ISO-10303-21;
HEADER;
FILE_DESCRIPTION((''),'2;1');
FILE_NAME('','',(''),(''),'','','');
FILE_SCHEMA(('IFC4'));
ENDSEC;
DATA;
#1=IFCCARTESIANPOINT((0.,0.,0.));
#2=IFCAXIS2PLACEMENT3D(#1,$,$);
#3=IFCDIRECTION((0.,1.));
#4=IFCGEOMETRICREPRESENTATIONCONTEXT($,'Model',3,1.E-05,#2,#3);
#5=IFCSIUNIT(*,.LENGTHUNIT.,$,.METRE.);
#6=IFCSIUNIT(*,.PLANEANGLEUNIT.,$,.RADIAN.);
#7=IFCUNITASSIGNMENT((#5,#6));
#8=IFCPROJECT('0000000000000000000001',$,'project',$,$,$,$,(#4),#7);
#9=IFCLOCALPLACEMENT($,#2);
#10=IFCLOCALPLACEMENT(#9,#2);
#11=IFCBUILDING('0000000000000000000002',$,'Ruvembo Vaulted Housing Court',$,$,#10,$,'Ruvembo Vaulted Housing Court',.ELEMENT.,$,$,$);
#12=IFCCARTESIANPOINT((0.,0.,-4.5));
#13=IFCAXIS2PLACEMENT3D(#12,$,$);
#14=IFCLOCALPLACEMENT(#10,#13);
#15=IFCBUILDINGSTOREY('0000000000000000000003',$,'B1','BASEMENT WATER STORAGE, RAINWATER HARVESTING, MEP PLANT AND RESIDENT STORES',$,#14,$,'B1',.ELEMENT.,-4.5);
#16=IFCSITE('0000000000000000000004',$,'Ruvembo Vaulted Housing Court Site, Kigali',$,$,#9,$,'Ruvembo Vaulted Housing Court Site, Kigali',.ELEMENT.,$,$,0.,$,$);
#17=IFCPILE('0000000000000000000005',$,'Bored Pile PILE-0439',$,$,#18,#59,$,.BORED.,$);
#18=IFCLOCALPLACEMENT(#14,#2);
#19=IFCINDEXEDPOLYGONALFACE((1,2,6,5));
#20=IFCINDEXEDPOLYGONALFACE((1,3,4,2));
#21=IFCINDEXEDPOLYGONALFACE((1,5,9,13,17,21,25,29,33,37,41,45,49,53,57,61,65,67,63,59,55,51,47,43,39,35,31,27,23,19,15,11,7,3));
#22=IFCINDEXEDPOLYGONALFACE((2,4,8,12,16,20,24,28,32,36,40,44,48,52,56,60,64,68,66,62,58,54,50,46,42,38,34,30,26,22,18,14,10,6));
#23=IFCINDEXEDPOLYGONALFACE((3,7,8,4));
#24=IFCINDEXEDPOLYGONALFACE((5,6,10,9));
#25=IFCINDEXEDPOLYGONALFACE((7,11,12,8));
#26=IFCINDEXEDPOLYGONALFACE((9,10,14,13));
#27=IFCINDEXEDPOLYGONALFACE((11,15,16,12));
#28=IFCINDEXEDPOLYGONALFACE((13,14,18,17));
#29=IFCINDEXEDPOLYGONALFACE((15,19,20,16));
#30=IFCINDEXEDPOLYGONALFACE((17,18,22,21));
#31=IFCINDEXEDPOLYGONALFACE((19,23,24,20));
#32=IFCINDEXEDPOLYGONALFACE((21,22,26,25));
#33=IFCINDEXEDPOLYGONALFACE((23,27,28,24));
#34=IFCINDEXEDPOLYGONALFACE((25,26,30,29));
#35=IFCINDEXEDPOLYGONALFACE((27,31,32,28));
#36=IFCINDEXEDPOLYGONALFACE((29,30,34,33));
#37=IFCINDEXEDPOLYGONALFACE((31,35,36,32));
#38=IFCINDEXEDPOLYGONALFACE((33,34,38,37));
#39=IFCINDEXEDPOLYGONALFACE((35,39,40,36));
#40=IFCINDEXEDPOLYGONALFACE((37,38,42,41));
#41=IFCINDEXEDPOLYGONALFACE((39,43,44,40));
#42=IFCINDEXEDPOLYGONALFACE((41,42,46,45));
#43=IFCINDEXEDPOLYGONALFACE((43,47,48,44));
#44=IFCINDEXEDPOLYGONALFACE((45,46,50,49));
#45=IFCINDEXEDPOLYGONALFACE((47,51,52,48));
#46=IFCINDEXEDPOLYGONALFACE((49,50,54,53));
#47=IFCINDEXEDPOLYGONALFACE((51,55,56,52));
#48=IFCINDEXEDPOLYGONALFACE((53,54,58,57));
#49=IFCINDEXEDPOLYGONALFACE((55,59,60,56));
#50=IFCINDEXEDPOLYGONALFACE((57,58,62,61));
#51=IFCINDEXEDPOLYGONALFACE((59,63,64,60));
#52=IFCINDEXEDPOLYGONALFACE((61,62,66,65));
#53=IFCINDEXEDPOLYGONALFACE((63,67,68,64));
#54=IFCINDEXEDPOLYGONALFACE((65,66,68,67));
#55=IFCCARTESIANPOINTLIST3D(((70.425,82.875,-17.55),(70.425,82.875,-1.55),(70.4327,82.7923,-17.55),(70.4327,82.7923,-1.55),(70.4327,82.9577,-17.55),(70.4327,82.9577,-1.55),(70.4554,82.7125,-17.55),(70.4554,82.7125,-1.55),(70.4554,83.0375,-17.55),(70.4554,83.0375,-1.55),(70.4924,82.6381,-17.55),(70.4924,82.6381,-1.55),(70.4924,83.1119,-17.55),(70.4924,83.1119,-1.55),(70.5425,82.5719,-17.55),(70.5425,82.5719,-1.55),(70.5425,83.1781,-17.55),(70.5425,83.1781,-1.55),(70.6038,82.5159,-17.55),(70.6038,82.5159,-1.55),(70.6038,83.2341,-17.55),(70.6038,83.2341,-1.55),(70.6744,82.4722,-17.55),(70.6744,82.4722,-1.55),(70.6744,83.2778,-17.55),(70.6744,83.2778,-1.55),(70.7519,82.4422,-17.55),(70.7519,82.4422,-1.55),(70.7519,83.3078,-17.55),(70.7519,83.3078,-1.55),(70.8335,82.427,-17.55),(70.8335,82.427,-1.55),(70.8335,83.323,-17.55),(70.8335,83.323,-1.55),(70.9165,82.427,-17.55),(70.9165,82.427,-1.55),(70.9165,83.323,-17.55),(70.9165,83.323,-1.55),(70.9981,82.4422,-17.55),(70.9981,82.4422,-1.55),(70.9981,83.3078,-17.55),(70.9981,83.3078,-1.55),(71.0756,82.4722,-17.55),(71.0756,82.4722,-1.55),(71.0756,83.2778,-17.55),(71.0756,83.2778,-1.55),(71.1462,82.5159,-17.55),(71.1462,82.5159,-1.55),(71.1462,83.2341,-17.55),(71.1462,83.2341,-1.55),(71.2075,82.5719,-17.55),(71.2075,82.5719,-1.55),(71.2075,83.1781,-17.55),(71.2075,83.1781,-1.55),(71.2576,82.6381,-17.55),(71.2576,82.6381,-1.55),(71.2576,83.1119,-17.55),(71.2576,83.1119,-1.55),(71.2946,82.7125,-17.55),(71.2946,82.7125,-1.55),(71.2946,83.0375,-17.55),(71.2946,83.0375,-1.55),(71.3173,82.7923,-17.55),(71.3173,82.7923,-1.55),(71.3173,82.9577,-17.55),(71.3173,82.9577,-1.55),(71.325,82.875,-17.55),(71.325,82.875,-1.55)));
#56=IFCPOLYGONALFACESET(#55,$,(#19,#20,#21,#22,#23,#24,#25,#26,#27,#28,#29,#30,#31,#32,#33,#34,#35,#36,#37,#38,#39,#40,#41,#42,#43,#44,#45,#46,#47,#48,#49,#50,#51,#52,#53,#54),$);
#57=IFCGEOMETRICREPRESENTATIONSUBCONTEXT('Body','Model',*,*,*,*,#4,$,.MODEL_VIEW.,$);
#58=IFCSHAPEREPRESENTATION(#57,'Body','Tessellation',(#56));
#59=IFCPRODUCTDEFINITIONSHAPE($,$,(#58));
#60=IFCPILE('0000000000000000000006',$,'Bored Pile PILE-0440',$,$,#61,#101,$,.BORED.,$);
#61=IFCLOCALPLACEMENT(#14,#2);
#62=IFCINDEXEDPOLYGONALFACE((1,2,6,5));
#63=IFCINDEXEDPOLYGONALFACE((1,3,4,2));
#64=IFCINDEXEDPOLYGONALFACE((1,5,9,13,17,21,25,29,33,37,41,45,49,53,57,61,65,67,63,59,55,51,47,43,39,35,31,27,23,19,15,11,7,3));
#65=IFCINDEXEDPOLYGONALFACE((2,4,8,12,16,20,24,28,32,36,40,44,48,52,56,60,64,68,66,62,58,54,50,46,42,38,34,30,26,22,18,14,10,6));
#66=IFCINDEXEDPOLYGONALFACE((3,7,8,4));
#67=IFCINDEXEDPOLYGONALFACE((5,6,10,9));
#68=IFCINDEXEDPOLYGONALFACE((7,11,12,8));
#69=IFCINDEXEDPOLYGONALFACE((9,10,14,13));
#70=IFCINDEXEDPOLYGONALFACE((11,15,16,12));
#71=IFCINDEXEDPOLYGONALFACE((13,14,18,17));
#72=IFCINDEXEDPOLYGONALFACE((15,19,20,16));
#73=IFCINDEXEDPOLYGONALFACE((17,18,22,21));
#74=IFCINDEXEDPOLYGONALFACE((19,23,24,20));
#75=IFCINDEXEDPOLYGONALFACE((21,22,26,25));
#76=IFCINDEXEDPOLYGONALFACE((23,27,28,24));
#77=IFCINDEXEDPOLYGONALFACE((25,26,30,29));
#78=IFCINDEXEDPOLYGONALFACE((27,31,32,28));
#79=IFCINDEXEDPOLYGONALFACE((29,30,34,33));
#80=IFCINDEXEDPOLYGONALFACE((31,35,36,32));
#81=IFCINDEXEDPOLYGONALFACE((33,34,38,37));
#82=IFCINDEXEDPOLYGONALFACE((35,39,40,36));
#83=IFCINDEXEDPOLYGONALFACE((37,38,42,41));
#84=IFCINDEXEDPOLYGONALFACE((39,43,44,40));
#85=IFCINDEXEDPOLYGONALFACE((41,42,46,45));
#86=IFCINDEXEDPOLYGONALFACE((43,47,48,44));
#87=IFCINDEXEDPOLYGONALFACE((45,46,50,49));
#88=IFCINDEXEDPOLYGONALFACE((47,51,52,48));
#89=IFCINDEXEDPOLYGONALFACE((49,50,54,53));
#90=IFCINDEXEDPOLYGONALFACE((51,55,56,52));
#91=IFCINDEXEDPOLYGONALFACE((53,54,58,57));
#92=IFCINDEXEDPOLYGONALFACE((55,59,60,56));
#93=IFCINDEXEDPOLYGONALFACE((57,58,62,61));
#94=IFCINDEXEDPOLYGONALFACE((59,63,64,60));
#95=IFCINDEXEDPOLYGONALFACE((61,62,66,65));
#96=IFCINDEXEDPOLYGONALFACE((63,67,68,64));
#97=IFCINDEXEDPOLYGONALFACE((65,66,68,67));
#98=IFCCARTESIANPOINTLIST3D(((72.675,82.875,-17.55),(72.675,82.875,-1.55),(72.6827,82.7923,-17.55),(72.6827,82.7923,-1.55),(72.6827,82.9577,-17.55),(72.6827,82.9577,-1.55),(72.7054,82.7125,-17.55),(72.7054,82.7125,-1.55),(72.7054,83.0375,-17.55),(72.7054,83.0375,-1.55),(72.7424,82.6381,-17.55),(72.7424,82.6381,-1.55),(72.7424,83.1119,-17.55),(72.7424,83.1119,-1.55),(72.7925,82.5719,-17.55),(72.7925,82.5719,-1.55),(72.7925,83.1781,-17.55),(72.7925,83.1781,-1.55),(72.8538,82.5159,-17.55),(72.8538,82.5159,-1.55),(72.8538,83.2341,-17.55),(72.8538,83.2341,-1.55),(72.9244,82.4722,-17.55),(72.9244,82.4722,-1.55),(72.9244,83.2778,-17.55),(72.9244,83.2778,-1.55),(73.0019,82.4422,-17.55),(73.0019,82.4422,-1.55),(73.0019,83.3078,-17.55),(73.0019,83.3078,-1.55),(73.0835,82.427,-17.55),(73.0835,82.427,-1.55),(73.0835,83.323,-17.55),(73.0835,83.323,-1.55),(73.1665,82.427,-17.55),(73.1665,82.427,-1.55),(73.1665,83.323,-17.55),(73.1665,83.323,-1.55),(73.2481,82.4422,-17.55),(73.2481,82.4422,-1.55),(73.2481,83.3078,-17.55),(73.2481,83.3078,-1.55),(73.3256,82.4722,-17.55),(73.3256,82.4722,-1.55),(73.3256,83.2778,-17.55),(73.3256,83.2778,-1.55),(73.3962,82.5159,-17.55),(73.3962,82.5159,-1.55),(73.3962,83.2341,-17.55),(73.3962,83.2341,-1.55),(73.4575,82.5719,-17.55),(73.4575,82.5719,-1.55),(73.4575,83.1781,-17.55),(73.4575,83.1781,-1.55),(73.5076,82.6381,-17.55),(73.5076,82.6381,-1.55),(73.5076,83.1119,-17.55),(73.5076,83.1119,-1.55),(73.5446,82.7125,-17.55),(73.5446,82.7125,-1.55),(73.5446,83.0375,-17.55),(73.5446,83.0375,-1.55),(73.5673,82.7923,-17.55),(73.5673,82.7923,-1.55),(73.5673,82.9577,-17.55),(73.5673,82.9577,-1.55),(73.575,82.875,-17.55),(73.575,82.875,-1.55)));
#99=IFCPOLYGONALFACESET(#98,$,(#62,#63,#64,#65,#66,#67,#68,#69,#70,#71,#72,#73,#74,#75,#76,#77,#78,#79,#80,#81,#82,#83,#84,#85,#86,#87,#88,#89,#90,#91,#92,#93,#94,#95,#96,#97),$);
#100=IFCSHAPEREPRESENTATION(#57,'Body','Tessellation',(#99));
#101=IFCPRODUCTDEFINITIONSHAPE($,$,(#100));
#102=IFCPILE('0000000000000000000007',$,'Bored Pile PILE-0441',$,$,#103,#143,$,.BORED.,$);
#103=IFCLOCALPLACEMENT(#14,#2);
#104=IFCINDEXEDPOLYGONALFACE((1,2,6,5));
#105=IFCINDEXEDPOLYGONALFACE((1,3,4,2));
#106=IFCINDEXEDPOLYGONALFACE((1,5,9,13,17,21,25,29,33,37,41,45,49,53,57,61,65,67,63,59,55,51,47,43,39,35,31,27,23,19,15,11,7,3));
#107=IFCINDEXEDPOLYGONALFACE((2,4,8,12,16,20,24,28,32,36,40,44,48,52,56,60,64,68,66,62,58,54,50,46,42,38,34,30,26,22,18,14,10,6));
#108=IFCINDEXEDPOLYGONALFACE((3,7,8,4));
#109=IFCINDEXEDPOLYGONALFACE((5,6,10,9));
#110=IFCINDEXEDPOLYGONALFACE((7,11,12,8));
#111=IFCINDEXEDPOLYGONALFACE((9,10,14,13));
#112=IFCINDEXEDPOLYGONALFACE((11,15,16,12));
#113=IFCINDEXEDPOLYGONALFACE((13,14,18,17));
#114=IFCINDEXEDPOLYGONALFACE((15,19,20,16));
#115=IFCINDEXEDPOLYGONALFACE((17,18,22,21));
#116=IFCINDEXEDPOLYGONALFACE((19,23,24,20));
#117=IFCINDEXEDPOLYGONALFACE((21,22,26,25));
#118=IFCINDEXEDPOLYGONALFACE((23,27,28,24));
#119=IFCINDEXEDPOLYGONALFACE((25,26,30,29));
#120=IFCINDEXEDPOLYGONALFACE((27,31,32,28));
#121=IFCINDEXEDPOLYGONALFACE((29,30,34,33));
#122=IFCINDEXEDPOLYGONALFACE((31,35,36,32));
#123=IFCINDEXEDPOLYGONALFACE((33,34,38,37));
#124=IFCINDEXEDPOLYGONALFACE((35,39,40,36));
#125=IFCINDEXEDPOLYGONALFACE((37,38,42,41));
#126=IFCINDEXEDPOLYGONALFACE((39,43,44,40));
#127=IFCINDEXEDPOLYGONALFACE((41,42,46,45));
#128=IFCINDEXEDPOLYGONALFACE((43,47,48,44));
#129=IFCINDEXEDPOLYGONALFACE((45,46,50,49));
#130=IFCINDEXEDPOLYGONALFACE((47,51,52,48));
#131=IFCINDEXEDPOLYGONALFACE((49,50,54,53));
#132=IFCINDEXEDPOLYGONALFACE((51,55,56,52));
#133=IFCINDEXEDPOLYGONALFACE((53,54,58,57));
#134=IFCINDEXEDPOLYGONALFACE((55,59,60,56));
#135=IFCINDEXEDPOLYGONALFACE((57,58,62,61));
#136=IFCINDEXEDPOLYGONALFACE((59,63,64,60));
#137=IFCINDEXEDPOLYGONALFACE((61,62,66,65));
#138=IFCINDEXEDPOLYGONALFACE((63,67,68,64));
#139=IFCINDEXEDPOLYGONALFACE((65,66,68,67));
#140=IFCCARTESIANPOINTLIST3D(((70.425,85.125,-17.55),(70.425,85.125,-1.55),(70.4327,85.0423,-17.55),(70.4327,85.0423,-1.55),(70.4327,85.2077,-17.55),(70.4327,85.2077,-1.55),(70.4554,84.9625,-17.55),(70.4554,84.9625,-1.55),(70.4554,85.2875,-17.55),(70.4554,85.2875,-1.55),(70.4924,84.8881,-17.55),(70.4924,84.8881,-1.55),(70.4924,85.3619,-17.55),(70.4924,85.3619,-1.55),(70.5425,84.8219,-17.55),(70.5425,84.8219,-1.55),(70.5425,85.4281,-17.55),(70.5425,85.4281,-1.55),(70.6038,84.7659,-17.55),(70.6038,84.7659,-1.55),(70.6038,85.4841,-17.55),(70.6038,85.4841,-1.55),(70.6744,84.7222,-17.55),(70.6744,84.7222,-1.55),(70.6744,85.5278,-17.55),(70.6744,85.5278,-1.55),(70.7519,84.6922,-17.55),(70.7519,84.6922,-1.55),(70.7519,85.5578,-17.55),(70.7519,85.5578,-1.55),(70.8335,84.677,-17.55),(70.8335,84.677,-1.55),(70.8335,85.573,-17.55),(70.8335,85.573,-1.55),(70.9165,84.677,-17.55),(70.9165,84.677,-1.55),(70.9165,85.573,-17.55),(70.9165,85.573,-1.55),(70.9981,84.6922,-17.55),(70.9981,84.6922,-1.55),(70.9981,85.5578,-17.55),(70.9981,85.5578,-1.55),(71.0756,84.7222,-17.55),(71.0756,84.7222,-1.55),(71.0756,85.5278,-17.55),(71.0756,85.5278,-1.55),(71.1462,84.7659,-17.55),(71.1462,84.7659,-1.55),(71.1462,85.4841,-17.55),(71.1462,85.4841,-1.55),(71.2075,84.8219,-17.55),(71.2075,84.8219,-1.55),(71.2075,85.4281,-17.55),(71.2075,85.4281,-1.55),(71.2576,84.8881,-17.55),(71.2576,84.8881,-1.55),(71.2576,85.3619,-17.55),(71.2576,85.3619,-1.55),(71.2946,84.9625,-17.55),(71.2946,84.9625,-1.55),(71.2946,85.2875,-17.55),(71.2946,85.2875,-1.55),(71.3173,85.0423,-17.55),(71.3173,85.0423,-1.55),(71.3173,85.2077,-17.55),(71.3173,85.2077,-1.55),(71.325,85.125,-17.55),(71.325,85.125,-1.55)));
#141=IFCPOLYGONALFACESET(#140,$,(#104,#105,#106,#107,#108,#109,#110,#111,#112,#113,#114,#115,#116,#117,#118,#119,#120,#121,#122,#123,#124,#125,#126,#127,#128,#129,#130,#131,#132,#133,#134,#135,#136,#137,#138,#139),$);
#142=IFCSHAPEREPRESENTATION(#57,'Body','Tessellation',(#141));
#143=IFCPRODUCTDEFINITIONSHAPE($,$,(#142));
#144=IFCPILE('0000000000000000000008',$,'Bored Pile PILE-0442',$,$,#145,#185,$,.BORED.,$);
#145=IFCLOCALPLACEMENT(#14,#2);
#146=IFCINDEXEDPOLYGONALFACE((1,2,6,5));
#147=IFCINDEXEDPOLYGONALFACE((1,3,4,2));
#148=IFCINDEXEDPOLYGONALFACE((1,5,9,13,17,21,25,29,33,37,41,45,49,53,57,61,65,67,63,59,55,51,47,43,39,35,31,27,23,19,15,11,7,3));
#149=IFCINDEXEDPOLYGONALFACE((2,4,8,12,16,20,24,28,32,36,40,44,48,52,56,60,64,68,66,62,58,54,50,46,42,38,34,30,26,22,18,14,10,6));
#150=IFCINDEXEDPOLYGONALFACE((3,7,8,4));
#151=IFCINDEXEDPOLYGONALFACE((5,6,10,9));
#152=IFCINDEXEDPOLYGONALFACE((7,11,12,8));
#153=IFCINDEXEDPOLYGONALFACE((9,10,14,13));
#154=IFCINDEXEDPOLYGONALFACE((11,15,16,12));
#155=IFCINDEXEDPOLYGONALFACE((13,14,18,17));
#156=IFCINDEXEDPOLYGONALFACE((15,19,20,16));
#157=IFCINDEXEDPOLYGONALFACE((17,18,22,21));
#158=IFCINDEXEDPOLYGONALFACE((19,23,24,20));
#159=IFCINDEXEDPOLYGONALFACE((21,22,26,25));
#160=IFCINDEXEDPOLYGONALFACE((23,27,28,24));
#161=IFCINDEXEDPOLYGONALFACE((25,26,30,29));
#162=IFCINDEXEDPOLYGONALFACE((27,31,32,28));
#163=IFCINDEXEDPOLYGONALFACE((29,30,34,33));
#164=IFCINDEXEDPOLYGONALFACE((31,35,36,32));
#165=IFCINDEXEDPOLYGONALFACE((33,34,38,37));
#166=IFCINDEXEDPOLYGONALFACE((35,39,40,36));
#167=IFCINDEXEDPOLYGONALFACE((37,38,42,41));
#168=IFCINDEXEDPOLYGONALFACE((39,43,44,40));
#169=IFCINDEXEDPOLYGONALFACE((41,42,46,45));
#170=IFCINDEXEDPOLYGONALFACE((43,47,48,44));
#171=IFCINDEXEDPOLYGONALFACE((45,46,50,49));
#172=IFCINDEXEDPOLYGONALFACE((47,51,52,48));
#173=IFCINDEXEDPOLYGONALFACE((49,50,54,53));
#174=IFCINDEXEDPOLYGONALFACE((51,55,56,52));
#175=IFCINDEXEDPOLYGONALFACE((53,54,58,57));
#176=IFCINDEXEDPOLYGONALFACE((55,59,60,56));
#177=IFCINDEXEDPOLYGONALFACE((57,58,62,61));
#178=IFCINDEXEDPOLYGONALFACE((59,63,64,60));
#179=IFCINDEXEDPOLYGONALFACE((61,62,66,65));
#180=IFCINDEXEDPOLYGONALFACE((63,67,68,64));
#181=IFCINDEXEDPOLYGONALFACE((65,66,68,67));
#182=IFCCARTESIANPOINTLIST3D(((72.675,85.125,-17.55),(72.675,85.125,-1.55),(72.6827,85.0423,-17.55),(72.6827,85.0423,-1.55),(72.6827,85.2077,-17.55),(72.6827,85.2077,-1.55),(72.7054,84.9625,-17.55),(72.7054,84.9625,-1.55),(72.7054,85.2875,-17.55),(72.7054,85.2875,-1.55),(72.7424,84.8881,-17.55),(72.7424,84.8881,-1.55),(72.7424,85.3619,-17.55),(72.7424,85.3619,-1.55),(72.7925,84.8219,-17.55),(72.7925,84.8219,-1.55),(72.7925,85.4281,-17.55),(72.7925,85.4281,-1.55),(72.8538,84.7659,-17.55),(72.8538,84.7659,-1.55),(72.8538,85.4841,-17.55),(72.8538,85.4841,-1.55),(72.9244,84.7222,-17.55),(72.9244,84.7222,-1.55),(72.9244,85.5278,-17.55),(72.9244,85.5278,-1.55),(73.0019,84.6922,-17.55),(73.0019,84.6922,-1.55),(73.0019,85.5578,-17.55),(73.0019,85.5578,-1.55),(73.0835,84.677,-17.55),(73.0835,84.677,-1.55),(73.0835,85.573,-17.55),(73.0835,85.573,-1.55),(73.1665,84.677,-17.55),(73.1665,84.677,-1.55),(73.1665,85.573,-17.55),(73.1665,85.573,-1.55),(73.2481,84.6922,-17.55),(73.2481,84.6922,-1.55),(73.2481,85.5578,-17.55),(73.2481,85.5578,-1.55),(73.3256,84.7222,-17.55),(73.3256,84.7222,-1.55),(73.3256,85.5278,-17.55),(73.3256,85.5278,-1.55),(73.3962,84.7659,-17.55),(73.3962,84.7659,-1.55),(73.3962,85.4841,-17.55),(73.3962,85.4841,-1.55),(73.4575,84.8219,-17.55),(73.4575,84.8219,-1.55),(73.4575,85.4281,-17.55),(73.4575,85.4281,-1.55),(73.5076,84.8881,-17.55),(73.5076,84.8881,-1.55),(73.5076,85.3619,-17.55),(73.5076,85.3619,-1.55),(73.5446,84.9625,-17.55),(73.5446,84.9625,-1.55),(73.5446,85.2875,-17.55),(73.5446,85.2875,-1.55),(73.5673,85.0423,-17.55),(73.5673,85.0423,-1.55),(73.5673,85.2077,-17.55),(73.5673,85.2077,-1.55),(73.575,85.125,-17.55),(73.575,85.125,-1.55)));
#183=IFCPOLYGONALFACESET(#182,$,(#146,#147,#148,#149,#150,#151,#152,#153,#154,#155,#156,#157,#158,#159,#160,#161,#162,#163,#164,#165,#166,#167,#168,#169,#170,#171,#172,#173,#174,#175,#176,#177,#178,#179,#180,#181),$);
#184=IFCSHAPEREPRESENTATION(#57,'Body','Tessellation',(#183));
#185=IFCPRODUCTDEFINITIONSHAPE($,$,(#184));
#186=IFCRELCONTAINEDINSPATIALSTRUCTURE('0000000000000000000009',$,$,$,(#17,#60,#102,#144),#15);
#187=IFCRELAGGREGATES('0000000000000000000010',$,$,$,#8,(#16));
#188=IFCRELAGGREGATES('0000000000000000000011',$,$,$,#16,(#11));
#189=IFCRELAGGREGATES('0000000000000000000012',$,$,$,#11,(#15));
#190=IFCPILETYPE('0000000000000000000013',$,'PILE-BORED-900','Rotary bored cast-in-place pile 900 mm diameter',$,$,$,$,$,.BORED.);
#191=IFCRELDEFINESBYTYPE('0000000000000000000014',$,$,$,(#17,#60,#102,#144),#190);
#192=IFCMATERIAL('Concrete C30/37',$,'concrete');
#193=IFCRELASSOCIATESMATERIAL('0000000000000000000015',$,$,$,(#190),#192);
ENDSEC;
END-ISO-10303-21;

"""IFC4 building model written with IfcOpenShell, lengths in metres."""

from ifc_helpers import new_model, si_unit, direction, frame, origin, origin_2d, place, context, subcontext, project, spatial, circle, extrude, material, material_profile, profile_set, type_object, element, save


model = new_model("IFC4")

# Units and contexts
model_context = context("Model", 3, precision=1e-05, world=origin(), true_north=direction((0.0, 1.0)))
body_context = subcontext(model_context, "Body", "Model", "MODEL_VIEW")
ifc_project = project(units=[si_unit("LENGTHUNIT", "METRE"), si_unit("PLANEANGLEUNIT", "RADIAN")], contexts=[model_context])

# Site, building, storey
site_placement = place(None, origin())
site = spatial("IfcSite", under=ifc_project, at=site_placement, Name="Ruvembo Vaulted Housing Court Site, Kigali", LongName="Ruvembo Vaulted Housing Court Site, Kigali", CompositionType="ELEMENT", RefElevation=0.0)
building_placement = place(site_placement, origin())
building = spatial("IfcBuilding", under=site, at=building_placement, Name="Ruvembo Vaulted Housing Court", LongName="Ruvembo Vaulted Housing Court", CompositionType="ELEMENT")
storey_placement = place(building_placement, frame((0.0, 0.0, -4.5)))
storey = spatial("IfcBuildingStorey", under=building, at=storey_placement, Name="B1", Description="BASEMENT WATER STORAGE, RAINWATER HARVESTING, MEP PLANT AND RESIDENT STORES", LongName="B1", CompositionType="ELEMENT", Elevation=-4.5)

# Piles
ifc_material_1 = material(Name="Concrete C30/37", Category="concrete")
ifc_material_profile_1 = material_profile(ifc_material_1, circle(Radius=0.45, at=origin_2d()), Name="PILE D900")
ifc_profile_set_1 = profile_set([ifc_material_profile_1], Name="Concrete C30/37")
pile_type_1 = type_object("IfcPileType", Name="PILE-BORED-900", Description="Rotary bored cast-in-place pile 900 mm diameter", PredefinedType="BORED", material=ifc_profile_set_1)
for number, where, z_axis, x_axis, name in (
    (1, (70.875, 82.875, -1.55), (0.0, 0.0, -1.0), (1.0, 0.0, 0.0), "Bored Pile PILE-0439"),
    (2, (73.125, 82.875, -1.55), (0.0, 0.0, -1.0), (1.0, 0.0, 0.0), "Bored Pile PILE-0440"),
    (3, (70.875, 85.125, -1.55), (0.0, 0.0, -1.0), (1.0, 0.0, 0.0), "Bored Pile PILE-0441"),
    (4, (73.125, 85.125, -1.55), (0.0, 0.0, -1.0), (1.0, 0.0, 0.0), "Bored Pile PILE-0442"),
):
    element("IfcPile", number, at=place(storey_placement, frame(where, z_axis=z_axis, x_axis=x_axis)), inside=storey, type_object=pile_type_1, Name=name, PredefinedType="BORED", context=body_context, shape_type="SweptSolid", body=[
        extrude(circle(Radius=0.45, at=origin_2d()), origin(), (0.0, 0.0, 1.0), 16.0),
    ])

save(model, "model.ifc")
